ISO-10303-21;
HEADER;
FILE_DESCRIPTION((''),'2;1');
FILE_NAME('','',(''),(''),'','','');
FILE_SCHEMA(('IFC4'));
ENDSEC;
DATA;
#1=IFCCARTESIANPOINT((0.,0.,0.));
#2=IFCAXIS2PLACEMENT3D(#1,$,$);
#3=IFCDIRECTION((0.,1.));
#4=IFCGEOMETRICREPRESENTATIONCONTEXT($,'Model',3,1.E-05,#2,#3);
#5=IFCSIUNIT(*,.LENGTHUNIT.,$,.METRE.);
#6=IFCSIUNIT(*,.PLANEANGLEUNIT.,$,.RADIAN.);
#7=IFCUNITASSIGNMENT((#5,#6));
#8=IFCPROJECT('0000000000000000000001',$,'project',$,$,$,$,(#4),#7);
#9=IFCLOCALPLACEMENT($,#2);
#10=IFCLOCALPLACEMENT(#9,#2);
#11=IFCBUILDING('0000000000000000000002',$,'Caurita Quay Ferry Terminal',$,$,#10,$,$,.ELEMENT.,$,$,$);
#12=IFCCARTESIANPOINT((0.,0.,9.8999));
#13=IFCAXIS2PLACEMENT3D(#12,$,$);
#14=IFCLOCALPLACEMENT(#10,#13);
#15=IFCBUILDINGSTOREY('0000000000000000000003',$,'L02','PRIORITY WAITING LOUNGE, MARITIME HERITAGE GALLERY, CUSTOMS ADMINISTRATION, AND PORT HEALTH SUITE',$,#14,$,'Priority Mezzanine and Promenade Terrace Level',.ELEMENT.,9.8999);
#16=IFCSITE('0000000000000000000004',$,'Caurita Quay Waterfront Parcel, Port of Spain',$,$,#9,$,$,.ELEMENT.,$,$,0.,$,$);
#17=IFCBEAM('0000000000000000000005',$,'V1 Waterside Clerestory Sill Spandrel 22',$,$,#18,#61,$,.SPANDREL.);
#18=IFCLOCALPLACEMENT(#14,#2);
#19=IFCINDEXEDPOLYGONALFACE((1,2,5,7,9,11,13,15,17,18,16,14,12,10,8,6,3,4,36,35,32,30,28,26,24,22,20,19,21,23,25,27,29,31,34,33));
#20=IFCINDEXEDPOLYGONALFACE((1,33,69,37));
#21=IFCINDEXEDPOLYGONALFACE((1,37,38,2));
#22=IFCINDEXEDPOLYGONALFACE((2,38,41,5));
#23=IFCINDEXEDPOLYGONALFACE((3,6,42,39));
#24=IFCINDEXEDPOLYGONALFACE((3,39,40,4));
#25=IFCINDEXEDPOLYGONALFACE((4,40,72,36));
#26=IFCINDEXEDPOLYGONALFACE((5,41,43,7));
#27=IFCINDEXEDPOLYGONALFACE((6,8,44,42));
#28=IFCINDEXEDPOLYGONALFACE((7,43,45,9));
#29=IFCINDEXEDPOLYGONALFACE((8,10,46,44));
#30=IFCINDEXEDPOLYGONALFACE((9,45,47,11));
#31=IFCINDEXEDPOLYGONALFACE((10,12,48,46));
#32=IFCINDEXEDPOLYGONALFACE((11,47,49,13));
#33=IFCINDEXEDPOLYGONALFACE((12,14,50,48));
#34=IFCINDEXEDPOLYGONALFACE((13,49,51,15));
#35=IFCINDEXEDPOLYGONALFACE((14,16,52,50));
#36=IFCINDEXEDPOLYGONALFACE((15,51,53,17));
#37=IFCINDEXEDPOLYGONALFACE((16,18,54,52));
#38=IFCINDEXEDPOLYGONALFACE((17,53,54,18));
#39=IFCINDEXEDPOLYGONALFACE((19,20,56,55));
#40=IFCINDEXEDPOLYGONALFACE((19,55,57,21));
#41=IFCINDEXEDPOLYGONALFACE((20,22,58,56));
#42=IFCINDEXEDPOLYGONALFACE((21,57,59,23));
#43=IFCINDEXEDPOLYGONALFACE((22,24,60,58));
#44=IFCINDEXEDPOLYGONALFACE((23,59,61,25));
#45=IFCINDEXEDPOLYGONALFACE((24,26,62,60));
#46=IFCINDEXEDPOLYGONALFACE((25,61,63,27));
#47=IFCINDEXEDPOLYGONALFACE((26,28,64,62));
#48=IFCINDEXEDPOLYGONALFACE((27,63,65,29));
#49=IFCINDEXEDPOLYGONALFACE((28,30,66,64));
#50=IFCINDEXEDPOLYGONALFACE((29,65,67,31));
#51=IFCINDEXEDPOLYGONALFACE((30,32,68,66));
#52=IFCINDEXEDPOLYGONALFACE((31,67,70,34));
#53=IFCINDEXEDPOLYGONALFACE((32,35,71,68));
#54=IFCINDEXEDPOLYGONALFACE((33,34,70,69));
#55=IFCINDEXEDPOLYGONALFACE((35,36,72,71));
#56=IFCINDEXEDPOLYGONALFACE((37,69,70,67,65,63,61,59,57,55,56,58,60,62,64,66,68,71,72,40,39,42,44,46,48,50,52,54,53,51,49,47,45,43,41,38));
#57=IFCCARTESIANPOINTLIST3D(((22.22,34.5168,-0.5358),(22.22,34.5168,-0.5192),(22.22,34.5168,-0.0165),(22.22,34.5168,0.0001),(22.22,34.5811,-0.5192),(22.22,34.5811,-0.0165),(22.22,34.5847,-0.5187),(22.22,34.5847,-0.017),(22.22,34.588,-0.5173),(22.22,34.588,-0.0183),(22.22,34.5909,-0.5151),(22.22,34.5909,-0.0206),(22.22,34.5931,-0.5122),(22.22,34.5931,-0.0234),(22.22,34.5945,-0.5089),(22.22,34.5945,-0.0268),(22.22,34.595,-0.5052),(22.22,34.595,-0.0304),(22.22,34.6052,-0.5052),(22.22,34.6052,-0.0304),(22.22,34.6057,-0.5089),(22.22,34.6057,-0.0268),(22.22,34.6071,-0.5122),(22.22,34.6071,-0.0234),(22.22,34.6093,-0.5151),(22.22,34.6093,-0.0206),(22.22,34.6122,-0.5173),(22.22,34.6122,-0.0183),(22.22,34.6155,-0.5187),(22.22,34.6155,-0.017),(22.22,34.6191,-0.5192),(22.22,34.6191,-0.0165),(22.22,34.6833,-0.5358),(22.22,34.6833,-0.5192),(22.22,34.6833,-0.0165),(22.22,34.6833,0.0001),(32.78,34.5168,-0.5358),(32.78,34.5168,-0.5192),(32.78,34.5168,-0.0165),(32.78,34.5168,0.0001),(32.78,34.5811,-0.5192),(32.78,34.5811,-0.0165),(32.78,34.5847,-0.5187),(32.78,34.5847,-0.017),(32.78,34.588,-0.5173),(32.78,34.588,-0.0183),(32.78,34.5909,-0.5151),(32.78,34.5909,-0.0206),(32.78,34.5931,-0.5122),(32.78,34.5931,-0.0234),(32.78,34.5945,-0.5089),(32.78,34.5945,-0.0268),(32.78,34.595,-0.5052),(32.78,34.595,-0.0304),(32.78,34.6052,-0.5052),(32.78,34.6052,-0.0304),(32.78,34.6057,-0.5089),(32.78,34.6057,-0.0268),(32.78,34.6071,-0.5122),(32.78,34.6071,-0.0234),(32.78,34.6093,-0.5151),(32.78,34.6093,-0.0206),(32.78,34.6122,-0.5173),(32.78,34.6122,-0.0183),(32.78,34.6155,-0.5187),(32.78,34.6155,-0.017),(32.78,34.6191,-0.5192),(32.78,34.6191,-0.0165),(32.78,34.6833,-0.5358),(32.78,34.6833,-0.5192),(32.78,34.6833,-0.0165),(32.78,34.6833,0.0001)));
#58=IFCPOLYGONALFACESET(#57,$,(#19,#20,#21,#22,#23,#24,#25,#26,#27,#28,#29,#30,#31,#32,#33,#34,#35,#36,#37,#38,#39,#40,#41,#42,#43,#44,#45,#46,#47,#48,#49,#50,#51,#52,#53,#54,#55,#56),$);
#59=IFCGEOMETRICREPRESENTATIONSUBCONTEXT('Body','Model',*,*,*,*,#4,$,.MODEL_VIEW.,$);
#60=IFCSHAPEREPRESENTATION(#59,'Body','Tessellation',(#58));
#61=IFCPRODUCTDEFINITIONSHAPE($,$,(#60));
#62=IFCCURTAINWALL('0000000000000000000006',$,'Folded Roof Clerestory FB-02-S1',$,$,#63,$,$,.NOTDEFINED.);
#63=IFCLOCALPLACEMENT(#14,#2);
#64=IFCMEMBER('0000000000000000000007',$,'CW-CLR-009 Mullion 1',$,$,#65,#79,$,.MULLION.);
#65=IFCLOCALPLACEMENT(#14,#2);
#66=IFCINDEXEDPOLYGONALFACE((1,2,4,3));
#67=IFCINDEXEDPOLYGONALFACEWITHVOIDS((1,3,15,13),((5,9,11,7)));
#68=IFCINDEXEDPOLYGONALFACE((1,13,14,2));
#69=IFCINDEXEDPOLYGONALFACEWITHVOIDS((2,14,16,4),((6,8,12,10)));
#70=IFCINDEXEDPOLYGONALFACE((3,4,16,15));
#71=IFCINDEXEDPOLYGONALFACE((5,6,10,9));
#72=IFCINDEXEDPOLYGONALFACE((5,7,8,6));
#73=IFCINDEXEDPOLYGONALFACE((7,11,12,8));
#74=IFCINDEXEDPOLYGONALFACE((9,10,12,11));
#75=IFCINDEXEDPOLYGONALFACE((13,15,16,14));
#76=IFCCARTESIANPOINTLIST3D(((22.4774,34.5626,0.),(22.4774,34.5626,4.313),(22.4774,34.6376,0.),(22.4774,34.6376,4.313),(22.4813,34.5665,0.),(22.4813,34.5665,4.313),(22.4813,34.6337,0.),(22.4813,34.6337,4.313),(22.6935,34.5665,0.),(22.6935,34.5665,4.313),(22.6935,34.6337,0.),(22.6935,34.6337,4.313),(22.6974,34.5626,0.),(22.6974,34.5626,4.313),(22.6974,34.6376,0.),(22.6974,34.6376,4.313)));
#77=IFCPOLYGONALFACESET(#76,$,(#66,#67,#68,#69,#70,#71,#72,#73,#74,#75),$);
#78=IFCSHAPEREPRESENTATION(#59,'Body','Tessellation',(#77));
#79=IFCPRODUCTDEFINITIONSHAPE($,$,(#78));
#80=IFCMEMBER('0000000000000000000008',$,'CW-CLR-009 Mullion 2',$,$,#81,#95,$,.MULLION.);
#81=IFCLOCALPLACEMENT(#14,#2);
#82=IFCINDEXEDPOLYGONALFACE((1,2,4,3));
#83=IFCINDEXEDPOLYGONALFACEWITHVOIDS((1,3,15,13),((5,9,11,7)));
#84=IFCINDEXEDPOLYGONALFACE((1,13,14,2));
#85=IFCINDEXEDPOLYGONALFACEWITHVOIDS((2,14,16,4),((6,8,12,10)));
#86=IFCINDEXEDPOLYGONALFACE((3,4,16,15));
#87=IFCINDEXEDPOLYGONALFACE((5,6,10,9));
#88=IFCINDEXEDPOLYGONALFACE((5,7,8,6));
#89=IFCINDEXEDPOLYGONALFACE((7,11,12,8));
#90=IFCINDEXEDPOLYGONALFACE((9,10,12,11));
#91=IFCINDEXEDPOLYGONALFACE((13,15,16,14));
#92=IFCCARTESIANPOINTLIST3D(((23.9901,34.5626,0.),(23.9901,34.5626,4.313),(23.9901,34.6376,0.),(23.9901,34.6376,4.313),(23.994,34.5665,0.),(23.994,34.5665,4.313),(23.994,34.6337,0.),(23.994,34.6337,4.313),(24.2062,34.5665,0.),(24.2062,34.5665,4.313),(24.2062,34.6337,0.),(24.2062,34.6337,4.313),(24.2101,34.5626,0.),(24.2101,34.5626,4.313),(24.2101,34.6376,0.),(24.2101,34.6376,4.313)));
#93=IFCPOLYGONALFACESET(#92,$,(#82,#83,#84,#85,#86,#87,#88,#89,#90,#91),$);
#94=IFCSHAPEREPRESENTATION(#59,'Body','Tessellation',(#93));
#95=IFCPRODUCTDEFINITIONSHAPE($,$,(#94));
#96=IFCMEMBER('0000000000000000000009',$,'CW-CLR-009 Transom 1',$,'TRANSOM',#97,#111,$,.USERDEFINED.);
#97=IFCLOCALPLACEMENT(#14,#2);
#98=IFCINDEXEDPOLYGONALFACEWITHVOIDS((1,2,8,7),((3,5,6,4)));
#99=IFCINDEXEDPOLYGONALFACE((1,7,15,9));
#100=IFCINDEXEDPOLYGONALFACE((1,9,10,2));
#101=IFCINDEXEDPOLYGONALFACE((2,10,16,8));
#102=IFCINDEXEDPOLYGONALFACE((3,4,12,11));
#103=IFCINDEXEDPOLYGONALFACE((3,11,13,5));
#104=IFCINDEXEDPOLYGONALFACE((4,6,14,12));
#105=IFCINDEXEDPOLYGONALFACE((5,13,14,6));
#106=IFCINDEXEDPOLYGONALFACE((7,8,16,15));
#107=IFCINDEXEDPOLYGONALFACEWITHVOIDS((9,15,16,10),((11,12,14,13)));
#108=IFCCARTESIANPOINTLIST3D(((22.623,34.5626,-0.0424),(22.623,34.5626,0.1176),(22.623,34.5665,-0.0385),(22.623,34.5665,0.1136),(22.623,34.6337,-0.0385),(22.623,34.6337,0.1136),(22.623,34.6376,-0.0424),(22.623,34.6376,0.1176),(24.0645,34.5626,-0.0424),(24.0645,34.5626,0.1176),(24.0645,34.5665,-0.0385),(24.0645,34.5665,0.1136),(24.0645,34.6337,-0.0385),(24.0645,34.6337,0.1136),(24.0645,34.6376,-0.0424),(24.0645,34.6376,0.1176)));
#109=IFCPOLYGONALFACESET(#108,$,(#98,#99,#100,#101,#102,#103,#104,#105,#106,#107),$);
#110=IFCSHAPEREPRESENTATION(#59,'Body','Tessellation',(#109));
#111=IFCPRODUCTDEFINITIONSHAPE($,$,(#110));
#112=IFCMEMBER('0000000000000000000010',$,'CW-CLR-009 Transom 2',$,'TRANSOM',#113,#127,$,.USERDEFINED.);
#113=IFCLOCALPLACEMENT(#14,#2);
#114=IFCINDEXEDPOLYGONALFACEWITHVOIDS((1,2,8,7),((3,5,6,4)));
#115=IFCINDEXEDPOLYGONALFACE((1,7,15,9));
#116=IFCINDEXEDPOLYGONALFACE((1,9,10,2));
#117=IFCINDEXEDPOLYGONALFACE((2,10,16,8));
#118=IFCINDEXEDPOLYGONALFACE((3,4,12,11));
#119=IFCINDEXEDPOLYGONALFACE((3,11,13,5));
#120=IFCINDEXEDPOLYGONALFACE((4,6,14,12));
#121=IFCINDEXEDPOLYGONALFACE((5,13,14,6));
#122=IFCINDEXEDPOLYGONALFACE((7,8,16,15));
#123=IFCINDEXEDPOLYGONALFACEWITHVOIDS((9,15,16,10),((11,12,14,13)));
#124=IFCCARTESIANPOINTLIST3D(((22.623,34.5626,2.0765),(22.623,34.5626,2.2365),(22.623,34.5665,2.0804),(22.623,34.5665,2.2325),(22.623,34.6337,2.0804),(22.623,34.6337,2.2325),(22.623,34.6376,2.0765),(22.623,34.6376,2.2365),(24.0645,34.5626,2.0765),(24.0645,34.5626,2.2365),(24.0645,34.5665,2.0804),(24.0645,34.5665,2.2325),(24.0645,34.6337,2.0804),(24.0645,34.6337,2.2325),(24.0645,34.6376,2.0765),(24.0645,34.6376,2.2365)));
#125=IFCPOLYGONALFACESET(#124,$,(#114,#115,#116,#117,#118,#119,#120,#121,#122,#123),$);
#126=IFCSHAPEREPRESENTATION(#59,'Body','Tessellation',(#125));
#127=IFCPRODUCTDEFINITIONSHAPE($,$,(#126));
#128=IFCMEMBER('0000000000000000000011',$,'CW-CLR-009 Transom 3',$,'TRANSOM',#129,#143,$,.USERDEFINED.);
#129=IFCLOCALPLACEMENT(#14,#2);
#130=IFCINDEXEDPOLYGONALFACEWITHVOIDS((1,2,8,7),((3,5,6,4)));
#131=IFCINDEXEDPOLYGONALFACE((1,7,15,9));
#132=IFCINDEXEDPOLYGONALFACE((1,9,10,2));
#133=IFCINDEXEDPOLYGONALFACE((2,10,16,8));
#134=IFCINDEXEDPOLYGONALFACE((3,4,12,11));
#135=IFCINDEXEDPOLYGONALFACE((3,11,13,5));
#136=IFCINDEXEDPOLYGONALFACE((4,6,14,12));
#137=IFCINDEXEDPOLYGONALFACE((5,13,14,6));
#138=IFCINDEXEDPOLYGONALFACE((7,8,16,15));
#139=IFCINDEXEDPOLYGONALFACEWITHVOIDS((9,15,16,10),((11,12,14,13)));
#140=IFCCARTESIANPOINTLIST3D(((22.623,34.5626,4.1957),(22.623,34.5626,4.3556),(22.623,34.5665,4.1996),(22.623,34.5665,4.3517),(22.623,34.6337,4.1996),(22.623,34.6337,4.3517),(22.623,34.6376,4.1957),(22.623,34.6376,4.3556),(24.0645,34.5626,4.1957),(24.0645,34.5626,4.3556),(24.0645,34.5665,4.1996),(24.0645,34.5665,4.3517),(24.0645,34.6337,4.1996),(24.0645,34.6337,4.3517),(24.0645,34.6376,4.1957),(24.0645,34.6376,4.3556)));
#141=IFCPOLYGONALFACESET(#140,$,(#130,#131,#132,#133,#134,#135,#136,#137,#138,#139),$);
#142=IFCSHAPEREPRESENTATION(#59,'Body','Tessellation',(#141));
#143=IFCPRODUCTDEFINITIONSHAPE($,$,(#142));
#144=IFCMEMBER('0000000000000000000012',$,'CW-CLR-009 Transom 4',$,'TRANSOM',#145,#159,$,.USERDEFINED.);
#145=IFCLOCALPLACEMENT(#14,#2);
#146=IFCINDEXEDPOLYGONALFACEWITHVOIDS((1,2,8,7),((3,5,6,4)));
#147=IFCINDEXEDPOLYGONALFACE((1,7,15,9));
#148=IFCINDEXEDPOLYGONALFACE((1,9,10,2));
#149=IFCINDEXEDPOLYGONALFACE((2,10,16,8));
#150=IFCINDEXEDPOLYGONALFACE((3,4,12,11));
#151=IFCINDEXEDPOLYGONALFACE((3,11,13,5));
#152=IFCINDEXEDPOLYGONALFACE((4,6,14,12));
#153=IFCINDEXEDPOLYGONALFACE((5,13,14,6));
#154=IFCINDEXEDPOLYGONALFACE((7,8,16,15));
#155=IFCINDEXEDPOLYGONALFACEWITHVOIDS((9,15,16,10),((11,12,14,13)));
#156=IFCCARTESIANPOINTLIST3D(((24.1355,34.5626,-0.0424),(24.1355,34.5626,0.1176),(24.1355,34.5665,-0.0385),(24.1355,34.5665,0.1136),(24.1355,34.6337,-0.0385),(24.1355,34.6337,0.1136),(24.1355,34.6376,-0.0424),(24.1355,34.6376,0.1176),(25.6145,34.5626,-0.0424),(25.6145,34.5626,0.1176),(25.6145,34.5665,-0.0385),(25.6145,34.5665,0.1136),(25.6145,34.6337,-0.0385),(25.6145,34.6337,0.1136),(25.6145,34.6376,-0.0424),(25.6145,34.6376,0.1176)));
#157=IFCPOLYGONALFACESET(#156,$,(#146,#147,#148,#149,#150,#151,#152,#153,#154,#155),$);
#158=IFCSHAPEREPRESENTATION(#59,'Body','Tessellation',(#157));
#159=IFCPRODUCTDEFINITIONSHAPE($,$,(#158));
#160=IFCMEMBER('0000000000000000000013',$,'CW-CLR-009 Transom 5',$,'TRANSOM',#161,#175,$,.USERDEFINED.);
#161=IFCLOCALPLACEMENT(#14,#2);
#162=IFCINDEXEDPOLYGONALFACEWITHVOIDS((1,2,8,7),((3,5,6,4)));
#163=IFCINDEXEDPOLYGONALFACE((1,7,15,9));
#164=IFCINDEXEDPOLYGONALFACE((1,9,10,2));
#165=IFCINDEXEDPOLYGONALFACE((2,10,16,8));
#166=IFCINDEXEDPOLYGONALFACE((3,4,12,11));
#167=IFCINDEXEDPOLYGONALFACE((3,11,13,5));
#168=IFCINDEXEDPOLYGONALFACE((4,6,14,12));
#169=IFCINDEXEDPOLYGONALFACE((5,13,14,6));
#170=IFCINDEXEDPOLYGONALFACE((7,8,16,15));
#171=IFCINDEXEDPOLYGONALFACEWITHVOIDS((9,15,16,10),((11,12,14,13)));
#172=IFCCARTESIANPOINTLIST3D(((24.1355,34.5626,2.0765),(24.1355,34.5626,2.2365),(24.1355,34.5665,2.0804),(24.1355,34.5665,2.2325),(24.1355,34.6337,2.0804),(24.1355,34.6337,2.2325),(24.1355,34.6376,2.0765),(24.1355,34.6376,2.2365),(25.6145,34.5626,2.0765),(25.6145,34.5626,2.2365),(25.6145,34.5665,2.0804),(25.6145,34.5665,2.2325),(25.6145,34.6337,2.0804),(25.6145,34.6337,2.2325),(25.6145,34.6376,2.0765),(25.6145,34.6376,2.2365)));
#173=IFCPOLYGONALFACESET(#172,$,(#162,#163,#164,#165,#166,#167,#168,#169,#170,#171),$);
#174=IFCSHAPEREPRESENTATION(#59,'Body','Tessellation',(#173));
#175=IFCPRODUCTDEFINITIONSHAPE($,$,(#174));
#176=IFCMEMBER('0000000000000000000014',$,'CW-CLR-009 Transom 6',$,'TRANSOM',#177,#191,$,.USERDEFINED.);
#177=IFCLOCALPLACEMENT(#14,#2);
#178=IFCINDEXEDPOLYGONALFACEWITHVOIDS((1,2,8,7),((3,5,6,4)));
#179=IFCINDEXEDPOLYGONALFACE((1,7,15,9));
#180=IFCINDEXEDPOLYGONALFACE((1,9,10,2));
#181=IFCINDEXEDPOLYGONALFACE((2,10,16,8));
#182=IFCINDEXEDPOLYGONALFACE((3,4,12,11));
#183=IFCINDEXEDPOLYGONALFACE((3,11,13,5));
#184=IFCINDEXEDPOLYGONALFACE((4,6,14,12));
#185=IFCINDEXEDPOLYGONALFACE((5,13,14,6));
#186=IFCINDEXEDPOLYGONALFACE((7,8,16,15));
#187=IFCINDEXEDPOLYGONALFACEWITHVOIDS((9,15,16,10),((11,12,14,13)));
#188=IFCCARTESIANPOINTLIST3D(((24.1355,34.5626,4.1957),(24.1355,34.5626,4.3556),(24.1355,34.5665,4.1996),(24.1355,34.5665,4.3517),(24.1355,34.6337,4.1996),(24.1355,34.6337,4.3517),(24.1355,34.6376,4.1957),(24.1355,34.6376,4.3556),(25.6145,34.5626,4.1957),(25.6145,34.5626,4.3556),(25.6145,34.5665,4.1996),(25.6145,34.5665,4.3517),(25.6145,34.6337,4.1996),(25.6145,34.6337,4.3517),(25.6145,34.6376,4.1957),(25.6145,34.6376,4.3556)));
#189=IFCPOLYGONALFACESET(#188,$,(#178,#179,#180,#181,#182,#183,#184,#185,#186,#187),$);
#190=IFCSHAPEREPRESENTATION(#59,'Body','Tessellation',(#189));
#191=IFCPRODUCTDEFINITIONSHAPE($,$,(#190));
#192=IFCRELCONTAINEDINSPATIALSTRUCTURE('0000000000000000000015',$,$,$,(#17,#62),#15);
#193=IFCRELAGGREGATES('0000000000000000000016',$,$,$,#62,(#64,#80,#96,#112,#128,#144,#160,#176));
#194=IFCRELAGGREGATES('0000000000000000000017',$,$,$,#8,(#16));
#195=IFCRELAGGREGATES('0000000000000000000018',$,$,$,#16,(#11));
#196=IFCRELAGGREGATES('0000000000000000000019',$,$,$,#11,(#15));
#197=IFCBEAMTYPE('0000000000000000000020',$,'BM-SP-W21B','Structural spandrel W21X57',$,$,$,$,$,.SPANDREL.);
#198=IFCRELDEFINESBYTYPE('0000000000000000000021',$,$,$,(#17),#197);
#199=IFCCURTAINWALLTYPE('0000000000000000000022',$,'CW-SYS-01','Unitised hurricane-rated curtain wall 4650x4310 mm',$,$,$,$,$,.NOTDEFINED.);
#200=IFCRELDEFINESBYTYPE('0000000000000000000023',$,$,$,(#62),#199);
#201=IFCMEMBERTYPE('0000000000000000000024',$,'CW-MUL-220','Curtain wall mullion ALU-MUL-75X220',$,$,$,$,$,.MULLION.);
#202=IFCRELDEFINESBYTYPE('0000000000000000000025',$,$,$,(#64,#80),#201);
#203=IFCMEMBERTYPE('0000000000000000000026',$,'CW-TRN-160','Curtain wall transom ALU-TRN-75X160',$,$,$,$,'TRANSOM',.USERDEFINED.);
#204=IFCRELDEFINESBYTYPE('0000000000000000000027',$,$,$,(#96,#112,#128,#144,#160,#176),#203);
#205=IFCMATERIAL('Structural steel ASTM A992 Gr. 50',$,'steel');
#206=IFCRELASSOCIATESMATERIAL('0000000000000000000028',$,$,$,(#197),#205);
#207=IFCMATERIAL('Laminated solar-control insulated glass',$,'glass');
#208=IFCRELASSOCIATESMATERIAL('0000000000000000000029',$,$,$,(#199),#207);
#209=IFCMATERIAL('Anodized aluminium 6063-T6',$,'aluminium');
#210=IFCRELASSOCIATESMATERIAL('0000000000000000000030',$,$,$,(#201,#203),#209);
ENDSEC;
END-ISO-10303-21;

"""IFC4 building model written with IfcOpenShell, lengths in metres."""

from ifc_helpers import new_model, si_unit, direction, frame, origin, origin_2d, place, context, subcontext, project, spatial, hollow_rectangle, i_section, extrude, material, material_profile, profile_set, type_object, element, aggregate, save


model = new_model("IFC4")

# Units and contexts
model_context = context("Model", 3, precision=1e-05, world=origin(), true_north=direction((0.0, 1.0)))
body_context = subcontext(model_context, "Body", "Model", "MODEL_VIEW")
ifc_project = project(units=[si_unit("LENGTHUNIT", "METRE"), si_unit("PLANEANGLEUNIT", "RADIAN")], contexts=[model_context])

# Site, building, storey
site_placement = place(None, origin())
site = spatial("IfcSite", under=ifc_project, at=site_placement, Name="Caurita Quay Waterfront Parcel, Port of Spain", CompositionType="ELEMENT", RefElevation=0.0)
building_placement = place(site_placement, origin())
building = spatial("IfcBuilding", under=site, at=building_placement, Name="Caurita Quay Ferry Terminal", CompositionType="ELEMENT")
storey_placement = place(building_placement, frame((0.0, 0.0, 9.8999)))
storey = spatial("IfcBuildingStorey", under=building, at=storey_placement, Name="L02", Description="PRIORITY WAITING LOUNGE, MARITIME HERITAGE GALLERY, CUSTOMS ADMINISTRATION, AND PORT HEALTH SUITE", LongName="Priority Mezzanine and Promenade Terrace Level", CompositionType="ELEMENT", Elevation=9.8999)

# Beam
ifc_material_1 = material(Name="Structural steel ASTM A992 Gr. 50", Category="steel")
ifc_material_profile_1 = material_profile(ifc_material_1, i_section(OverallWidth=0.1665, OverallDepth=0.5359, WebThickness=0.0103, FlangeThickness=0.0166, FilletRadius=0.0139, at=origin_2d()), Name="W21X57")
ifc_profile_set_1 = profile_set([ifc_material_profile_1], Name="Structural steel ASTM A992 Gr. 50")
beam_type = type_object("IfcBeamType", Name="BM-SP-W21B", Description="Structural spandrel W21X57", PredefinedType="SPANDREL", material=ifc_profile_set_1)
beam_placement = place(storey_placement, frame((22.22, 34.6001, -0.2678), z_axis=(1.0, 0.0, 0.0), x_axis=(0.0, 1.0, 0.0)))
element("IfcBeam", 1, at=beam_placement, inside=storey, type_object=beam_type, Name="V1 Waterside Clerestory Sill Spandrel 22", PredefinedType="SPANDREL", context=body_context, shape_type="SweptSolid", body=[
    extrude(i_section(OverallWidth=0.1665, OverallDepth=0.5359, WebThickness=0.0103, FlangeThickness=0.0166, FilletRadius=0.0139, at=origin_2d()), origin(), (0.0, 0.0, 1.0), 10.5601),
])

# Curtain wall, members
ifc_material_2 = material(Name="Laminated solar-control insulated glass", Category="glass")
curtain_wall_type = type_object("IfcCurtainWallType", Name="CW-SYS-01", Description="Unitised hurricane-rated curtain wall 4650x4310 mm", PredefinedType="NOTDEFINED", material=ifc_material_2)
curtain_wall_placement = place(storey_placement, origin())
curtain_wall = element("IfcCurtainWall", 2, at=curtain_wall_placement, inside=storey, type_object=curtain_wall_type, Name="Folded Roof Clerestory FB-02-S1", PredefinedType="NOTDEFINED")
ifc_material_3 = material(Name="Anodized aluminium 6063-T6", Category="aluminium")
ifc_material_profile_2 = material_profile(ifc_material_3, hollow_rectangle(XDim=0.075, YDim=0.22, WallThickness=0.0039, at=origin_2d()), Name="ALU-MUL-75X220")
ifc_profile_set_2 = profile_set([ifc_material_profile_2], Name="Anodized aluminium 6063-T6")
member_type_1 = type_object("IfcMemberType", Name="CW-MUL-220", Description="Curtain wall mullion ALU-MUL-75X220", PredefinedType="MULLION", material=ifc_profile_set_2)
member_1_placement = place(storey_placement, frame((22.5874, 34.6001, 0.0), z_axis=(0.0, 0.0, 1.0), x_axis=(0.0, 1.0, 0.0)))
member_1 = element("IfcMember", 3, at=member_1_placement, type_object=member_type_1, Name="CW-CLR-009 Mullion 1", PredefinedType="MULLION", context=body_context, shape_type="SweptSolid", body=[
    extrude(hollow_rectangle(XDim=0.075, YDim=0.22, WallThickness=0.0039, at=origin_2d()), origin(), (0.0, 0.0, 1.0), 4.313),
])
member_2_placement = place(storey_placement, frame((24.1001, 34.6001, 0.0), z_axis=(0.0, 0.0, 1.0), x_axis=(0.0, 1.0, 0.0)))
member_2 = element("IfcMember", 4, at=member_2_placement, type_object=member_type_1, Name="CW-CLR-009 Mullion 2", PredefinedType="MULLION", context=body_context, shape_type="SweptSolid", body=[
    extrude(hollow_rectangle(XDim=0.075, YDim=0.22, WallThickness=0.0039, at=origin_2d()), origin(), (0.0, 0.0, 1.0), 4.313),
])
ifc_material_profile_3 = material_profile(ifc_material_3, hollow_rectangle(XDim=0.075, YDim=0.1599, WallThickness=0.0039, at=origin_2d()), Name="ALU-TRN-75X160")
ifc_profile_set_3 = profile_set([ifc_material_profile_3], Name="Anodized aluminium 6063-T6")
member_type_2 = type_object("IfcMemberType", Name="CW-TRN-160", Description="Curtain wall transom ALU-TRN-75X160", ElementType="TRANSOM", PredefinedType="USERDEFINED", material=ifc_profile_set_3)
member_3_placement = place(storey_placement, frame((22.623, 34.6001, 0.0376), z_axis=(1.0, 0.0, 0.0), x_axis=(0.0, 1.0, 0.0)))
member_3 = element("IfcMember", 5, at=member_3_placement, type_object=member_type_2, Name="CW-CLR-009 Transom 1", ObjectType="TRANSOM", PredefinedType="USERDEFINED", context=body_context, shape_type="SweptSolid", body=[
    extrude(hollow_rectangle(XDim=0.075, YDim=0.1599, WallThickness=0.0039, at=origin_2d()), origin(), (0.0, 0.0, 1.0), 1.4414),
])
member_4_placement = place(storey_placement, frame((22.623, 34.6001, 2.1565), z_axis=(1.0, 0.0, 0.0), x_axis=(0.0, 1.0, 0.0)))
member_4 = element("IfcMember", 6, at=member_4_placement, type_object=member_type_2, Name="CW-CLR-009 Transom 2", ObjectType="TRANSOM", PredefinedType="USERDEFINED", context=body_context, shape_type="SweptSolid", body=[
    extrude(hollow_rectangle(XDim=0.075, YDim=0.1599, WallThickness=0.0039, at=origin_2d()), origin(), (0.0, 0.0, 1.0), 1.4414),
])
member_5_placement = place(storey_placement, frame((22.623, 34.6001, 4.2756), z_axis=(1.0, 0.0, 0.0), x_axis=(0.0, 1.0, 0.0)))
member_5 = element("IfcMember", 7, at=member_5_placement, type_object=member_type_2, Name="CW-CLR-009 Transom 3", ObjectType="TRANSOM", PredefinedType="USERDEFINED", context=body_context, shape_type="SweptSolid", body=[
    extrude(hollow_rectangle(XDim=0.075, YDim=0.1599, WallThickness=0.0039, at=origin_2d()), origin(), (0.0, 0.0, 1.0), 1.4414),
])
member_6_placement = place(storey_placement, frame((24.1355, 34.6001, 0.0376), z_axis=(1.0, 0.0, 0.0), x_axis=(0.0, 1.0, 0.0)))
member_6 = element("IfcMember", 8, at=member_6_placement, type_object=member_type_2, Name="CW-CLR-009 Transom 4", ObjectType="TRANSOM", PredefinedType="USERDEFINED", context=body_context, shape_type="SweptSolid", body=[
    extrude(hollow_rectangle(XDim=0.075, YDim=0.1599, WallThickness=0.0039, at=origin_2d()), origin(), (0.0, 0.0, 1.0), 1.479),
])
member_7_placement = place(storey_placement, frame((24.1355, 34.6001, 2.1565), z_axis=(1.0, 0.0, 0.0), x_axis=(0.0, 1.0, 0.0)))
member_7 = element("IfcMember", 9, at=member_7_placement, type_object=member_type_2, Name="CW-CLR-009 Transom 5", ObjectType="TRANSOM", PredefinedType="USERDEFINED", context=body_context, shape_type="SweptSolid", body=[
    extrude(hollow_rectangle(XDim=0.075, YDim=0.1599, WallThickness=0.0039, at=origin_2d()), origin(), (0.0, 0.0, 1.0), 1.479),
])
member_8_placement = place(storey_placement, frame((24.1355, 34.6001, 4.2756), z_axis=(1.0, 0.0, 0.0), x_axis=(0.0, 1.0, 0.0)))
member_8 = element("IfcMember", 10, at=member_8_placement, type_object=member_type_2, Name="CW-CLR-009 Transom 6", ObjectType="TRANSOM", PredefinedType="USERDEFINED", context=body_context, shape_type="SweptSolid", body=[
    extrude(hollow_rectangle(XDim=0.075, YDim=0.1599, WallThickness=0.0039, at=origin_2d()), origin(), (0.0, 0.0, 1.0), 1.479),
])
aggregate(curtain_wall, [member_1, member_2, member_3, member_4, member_5, member_6, member_7, member_8])

save(model, "model.ifc")
